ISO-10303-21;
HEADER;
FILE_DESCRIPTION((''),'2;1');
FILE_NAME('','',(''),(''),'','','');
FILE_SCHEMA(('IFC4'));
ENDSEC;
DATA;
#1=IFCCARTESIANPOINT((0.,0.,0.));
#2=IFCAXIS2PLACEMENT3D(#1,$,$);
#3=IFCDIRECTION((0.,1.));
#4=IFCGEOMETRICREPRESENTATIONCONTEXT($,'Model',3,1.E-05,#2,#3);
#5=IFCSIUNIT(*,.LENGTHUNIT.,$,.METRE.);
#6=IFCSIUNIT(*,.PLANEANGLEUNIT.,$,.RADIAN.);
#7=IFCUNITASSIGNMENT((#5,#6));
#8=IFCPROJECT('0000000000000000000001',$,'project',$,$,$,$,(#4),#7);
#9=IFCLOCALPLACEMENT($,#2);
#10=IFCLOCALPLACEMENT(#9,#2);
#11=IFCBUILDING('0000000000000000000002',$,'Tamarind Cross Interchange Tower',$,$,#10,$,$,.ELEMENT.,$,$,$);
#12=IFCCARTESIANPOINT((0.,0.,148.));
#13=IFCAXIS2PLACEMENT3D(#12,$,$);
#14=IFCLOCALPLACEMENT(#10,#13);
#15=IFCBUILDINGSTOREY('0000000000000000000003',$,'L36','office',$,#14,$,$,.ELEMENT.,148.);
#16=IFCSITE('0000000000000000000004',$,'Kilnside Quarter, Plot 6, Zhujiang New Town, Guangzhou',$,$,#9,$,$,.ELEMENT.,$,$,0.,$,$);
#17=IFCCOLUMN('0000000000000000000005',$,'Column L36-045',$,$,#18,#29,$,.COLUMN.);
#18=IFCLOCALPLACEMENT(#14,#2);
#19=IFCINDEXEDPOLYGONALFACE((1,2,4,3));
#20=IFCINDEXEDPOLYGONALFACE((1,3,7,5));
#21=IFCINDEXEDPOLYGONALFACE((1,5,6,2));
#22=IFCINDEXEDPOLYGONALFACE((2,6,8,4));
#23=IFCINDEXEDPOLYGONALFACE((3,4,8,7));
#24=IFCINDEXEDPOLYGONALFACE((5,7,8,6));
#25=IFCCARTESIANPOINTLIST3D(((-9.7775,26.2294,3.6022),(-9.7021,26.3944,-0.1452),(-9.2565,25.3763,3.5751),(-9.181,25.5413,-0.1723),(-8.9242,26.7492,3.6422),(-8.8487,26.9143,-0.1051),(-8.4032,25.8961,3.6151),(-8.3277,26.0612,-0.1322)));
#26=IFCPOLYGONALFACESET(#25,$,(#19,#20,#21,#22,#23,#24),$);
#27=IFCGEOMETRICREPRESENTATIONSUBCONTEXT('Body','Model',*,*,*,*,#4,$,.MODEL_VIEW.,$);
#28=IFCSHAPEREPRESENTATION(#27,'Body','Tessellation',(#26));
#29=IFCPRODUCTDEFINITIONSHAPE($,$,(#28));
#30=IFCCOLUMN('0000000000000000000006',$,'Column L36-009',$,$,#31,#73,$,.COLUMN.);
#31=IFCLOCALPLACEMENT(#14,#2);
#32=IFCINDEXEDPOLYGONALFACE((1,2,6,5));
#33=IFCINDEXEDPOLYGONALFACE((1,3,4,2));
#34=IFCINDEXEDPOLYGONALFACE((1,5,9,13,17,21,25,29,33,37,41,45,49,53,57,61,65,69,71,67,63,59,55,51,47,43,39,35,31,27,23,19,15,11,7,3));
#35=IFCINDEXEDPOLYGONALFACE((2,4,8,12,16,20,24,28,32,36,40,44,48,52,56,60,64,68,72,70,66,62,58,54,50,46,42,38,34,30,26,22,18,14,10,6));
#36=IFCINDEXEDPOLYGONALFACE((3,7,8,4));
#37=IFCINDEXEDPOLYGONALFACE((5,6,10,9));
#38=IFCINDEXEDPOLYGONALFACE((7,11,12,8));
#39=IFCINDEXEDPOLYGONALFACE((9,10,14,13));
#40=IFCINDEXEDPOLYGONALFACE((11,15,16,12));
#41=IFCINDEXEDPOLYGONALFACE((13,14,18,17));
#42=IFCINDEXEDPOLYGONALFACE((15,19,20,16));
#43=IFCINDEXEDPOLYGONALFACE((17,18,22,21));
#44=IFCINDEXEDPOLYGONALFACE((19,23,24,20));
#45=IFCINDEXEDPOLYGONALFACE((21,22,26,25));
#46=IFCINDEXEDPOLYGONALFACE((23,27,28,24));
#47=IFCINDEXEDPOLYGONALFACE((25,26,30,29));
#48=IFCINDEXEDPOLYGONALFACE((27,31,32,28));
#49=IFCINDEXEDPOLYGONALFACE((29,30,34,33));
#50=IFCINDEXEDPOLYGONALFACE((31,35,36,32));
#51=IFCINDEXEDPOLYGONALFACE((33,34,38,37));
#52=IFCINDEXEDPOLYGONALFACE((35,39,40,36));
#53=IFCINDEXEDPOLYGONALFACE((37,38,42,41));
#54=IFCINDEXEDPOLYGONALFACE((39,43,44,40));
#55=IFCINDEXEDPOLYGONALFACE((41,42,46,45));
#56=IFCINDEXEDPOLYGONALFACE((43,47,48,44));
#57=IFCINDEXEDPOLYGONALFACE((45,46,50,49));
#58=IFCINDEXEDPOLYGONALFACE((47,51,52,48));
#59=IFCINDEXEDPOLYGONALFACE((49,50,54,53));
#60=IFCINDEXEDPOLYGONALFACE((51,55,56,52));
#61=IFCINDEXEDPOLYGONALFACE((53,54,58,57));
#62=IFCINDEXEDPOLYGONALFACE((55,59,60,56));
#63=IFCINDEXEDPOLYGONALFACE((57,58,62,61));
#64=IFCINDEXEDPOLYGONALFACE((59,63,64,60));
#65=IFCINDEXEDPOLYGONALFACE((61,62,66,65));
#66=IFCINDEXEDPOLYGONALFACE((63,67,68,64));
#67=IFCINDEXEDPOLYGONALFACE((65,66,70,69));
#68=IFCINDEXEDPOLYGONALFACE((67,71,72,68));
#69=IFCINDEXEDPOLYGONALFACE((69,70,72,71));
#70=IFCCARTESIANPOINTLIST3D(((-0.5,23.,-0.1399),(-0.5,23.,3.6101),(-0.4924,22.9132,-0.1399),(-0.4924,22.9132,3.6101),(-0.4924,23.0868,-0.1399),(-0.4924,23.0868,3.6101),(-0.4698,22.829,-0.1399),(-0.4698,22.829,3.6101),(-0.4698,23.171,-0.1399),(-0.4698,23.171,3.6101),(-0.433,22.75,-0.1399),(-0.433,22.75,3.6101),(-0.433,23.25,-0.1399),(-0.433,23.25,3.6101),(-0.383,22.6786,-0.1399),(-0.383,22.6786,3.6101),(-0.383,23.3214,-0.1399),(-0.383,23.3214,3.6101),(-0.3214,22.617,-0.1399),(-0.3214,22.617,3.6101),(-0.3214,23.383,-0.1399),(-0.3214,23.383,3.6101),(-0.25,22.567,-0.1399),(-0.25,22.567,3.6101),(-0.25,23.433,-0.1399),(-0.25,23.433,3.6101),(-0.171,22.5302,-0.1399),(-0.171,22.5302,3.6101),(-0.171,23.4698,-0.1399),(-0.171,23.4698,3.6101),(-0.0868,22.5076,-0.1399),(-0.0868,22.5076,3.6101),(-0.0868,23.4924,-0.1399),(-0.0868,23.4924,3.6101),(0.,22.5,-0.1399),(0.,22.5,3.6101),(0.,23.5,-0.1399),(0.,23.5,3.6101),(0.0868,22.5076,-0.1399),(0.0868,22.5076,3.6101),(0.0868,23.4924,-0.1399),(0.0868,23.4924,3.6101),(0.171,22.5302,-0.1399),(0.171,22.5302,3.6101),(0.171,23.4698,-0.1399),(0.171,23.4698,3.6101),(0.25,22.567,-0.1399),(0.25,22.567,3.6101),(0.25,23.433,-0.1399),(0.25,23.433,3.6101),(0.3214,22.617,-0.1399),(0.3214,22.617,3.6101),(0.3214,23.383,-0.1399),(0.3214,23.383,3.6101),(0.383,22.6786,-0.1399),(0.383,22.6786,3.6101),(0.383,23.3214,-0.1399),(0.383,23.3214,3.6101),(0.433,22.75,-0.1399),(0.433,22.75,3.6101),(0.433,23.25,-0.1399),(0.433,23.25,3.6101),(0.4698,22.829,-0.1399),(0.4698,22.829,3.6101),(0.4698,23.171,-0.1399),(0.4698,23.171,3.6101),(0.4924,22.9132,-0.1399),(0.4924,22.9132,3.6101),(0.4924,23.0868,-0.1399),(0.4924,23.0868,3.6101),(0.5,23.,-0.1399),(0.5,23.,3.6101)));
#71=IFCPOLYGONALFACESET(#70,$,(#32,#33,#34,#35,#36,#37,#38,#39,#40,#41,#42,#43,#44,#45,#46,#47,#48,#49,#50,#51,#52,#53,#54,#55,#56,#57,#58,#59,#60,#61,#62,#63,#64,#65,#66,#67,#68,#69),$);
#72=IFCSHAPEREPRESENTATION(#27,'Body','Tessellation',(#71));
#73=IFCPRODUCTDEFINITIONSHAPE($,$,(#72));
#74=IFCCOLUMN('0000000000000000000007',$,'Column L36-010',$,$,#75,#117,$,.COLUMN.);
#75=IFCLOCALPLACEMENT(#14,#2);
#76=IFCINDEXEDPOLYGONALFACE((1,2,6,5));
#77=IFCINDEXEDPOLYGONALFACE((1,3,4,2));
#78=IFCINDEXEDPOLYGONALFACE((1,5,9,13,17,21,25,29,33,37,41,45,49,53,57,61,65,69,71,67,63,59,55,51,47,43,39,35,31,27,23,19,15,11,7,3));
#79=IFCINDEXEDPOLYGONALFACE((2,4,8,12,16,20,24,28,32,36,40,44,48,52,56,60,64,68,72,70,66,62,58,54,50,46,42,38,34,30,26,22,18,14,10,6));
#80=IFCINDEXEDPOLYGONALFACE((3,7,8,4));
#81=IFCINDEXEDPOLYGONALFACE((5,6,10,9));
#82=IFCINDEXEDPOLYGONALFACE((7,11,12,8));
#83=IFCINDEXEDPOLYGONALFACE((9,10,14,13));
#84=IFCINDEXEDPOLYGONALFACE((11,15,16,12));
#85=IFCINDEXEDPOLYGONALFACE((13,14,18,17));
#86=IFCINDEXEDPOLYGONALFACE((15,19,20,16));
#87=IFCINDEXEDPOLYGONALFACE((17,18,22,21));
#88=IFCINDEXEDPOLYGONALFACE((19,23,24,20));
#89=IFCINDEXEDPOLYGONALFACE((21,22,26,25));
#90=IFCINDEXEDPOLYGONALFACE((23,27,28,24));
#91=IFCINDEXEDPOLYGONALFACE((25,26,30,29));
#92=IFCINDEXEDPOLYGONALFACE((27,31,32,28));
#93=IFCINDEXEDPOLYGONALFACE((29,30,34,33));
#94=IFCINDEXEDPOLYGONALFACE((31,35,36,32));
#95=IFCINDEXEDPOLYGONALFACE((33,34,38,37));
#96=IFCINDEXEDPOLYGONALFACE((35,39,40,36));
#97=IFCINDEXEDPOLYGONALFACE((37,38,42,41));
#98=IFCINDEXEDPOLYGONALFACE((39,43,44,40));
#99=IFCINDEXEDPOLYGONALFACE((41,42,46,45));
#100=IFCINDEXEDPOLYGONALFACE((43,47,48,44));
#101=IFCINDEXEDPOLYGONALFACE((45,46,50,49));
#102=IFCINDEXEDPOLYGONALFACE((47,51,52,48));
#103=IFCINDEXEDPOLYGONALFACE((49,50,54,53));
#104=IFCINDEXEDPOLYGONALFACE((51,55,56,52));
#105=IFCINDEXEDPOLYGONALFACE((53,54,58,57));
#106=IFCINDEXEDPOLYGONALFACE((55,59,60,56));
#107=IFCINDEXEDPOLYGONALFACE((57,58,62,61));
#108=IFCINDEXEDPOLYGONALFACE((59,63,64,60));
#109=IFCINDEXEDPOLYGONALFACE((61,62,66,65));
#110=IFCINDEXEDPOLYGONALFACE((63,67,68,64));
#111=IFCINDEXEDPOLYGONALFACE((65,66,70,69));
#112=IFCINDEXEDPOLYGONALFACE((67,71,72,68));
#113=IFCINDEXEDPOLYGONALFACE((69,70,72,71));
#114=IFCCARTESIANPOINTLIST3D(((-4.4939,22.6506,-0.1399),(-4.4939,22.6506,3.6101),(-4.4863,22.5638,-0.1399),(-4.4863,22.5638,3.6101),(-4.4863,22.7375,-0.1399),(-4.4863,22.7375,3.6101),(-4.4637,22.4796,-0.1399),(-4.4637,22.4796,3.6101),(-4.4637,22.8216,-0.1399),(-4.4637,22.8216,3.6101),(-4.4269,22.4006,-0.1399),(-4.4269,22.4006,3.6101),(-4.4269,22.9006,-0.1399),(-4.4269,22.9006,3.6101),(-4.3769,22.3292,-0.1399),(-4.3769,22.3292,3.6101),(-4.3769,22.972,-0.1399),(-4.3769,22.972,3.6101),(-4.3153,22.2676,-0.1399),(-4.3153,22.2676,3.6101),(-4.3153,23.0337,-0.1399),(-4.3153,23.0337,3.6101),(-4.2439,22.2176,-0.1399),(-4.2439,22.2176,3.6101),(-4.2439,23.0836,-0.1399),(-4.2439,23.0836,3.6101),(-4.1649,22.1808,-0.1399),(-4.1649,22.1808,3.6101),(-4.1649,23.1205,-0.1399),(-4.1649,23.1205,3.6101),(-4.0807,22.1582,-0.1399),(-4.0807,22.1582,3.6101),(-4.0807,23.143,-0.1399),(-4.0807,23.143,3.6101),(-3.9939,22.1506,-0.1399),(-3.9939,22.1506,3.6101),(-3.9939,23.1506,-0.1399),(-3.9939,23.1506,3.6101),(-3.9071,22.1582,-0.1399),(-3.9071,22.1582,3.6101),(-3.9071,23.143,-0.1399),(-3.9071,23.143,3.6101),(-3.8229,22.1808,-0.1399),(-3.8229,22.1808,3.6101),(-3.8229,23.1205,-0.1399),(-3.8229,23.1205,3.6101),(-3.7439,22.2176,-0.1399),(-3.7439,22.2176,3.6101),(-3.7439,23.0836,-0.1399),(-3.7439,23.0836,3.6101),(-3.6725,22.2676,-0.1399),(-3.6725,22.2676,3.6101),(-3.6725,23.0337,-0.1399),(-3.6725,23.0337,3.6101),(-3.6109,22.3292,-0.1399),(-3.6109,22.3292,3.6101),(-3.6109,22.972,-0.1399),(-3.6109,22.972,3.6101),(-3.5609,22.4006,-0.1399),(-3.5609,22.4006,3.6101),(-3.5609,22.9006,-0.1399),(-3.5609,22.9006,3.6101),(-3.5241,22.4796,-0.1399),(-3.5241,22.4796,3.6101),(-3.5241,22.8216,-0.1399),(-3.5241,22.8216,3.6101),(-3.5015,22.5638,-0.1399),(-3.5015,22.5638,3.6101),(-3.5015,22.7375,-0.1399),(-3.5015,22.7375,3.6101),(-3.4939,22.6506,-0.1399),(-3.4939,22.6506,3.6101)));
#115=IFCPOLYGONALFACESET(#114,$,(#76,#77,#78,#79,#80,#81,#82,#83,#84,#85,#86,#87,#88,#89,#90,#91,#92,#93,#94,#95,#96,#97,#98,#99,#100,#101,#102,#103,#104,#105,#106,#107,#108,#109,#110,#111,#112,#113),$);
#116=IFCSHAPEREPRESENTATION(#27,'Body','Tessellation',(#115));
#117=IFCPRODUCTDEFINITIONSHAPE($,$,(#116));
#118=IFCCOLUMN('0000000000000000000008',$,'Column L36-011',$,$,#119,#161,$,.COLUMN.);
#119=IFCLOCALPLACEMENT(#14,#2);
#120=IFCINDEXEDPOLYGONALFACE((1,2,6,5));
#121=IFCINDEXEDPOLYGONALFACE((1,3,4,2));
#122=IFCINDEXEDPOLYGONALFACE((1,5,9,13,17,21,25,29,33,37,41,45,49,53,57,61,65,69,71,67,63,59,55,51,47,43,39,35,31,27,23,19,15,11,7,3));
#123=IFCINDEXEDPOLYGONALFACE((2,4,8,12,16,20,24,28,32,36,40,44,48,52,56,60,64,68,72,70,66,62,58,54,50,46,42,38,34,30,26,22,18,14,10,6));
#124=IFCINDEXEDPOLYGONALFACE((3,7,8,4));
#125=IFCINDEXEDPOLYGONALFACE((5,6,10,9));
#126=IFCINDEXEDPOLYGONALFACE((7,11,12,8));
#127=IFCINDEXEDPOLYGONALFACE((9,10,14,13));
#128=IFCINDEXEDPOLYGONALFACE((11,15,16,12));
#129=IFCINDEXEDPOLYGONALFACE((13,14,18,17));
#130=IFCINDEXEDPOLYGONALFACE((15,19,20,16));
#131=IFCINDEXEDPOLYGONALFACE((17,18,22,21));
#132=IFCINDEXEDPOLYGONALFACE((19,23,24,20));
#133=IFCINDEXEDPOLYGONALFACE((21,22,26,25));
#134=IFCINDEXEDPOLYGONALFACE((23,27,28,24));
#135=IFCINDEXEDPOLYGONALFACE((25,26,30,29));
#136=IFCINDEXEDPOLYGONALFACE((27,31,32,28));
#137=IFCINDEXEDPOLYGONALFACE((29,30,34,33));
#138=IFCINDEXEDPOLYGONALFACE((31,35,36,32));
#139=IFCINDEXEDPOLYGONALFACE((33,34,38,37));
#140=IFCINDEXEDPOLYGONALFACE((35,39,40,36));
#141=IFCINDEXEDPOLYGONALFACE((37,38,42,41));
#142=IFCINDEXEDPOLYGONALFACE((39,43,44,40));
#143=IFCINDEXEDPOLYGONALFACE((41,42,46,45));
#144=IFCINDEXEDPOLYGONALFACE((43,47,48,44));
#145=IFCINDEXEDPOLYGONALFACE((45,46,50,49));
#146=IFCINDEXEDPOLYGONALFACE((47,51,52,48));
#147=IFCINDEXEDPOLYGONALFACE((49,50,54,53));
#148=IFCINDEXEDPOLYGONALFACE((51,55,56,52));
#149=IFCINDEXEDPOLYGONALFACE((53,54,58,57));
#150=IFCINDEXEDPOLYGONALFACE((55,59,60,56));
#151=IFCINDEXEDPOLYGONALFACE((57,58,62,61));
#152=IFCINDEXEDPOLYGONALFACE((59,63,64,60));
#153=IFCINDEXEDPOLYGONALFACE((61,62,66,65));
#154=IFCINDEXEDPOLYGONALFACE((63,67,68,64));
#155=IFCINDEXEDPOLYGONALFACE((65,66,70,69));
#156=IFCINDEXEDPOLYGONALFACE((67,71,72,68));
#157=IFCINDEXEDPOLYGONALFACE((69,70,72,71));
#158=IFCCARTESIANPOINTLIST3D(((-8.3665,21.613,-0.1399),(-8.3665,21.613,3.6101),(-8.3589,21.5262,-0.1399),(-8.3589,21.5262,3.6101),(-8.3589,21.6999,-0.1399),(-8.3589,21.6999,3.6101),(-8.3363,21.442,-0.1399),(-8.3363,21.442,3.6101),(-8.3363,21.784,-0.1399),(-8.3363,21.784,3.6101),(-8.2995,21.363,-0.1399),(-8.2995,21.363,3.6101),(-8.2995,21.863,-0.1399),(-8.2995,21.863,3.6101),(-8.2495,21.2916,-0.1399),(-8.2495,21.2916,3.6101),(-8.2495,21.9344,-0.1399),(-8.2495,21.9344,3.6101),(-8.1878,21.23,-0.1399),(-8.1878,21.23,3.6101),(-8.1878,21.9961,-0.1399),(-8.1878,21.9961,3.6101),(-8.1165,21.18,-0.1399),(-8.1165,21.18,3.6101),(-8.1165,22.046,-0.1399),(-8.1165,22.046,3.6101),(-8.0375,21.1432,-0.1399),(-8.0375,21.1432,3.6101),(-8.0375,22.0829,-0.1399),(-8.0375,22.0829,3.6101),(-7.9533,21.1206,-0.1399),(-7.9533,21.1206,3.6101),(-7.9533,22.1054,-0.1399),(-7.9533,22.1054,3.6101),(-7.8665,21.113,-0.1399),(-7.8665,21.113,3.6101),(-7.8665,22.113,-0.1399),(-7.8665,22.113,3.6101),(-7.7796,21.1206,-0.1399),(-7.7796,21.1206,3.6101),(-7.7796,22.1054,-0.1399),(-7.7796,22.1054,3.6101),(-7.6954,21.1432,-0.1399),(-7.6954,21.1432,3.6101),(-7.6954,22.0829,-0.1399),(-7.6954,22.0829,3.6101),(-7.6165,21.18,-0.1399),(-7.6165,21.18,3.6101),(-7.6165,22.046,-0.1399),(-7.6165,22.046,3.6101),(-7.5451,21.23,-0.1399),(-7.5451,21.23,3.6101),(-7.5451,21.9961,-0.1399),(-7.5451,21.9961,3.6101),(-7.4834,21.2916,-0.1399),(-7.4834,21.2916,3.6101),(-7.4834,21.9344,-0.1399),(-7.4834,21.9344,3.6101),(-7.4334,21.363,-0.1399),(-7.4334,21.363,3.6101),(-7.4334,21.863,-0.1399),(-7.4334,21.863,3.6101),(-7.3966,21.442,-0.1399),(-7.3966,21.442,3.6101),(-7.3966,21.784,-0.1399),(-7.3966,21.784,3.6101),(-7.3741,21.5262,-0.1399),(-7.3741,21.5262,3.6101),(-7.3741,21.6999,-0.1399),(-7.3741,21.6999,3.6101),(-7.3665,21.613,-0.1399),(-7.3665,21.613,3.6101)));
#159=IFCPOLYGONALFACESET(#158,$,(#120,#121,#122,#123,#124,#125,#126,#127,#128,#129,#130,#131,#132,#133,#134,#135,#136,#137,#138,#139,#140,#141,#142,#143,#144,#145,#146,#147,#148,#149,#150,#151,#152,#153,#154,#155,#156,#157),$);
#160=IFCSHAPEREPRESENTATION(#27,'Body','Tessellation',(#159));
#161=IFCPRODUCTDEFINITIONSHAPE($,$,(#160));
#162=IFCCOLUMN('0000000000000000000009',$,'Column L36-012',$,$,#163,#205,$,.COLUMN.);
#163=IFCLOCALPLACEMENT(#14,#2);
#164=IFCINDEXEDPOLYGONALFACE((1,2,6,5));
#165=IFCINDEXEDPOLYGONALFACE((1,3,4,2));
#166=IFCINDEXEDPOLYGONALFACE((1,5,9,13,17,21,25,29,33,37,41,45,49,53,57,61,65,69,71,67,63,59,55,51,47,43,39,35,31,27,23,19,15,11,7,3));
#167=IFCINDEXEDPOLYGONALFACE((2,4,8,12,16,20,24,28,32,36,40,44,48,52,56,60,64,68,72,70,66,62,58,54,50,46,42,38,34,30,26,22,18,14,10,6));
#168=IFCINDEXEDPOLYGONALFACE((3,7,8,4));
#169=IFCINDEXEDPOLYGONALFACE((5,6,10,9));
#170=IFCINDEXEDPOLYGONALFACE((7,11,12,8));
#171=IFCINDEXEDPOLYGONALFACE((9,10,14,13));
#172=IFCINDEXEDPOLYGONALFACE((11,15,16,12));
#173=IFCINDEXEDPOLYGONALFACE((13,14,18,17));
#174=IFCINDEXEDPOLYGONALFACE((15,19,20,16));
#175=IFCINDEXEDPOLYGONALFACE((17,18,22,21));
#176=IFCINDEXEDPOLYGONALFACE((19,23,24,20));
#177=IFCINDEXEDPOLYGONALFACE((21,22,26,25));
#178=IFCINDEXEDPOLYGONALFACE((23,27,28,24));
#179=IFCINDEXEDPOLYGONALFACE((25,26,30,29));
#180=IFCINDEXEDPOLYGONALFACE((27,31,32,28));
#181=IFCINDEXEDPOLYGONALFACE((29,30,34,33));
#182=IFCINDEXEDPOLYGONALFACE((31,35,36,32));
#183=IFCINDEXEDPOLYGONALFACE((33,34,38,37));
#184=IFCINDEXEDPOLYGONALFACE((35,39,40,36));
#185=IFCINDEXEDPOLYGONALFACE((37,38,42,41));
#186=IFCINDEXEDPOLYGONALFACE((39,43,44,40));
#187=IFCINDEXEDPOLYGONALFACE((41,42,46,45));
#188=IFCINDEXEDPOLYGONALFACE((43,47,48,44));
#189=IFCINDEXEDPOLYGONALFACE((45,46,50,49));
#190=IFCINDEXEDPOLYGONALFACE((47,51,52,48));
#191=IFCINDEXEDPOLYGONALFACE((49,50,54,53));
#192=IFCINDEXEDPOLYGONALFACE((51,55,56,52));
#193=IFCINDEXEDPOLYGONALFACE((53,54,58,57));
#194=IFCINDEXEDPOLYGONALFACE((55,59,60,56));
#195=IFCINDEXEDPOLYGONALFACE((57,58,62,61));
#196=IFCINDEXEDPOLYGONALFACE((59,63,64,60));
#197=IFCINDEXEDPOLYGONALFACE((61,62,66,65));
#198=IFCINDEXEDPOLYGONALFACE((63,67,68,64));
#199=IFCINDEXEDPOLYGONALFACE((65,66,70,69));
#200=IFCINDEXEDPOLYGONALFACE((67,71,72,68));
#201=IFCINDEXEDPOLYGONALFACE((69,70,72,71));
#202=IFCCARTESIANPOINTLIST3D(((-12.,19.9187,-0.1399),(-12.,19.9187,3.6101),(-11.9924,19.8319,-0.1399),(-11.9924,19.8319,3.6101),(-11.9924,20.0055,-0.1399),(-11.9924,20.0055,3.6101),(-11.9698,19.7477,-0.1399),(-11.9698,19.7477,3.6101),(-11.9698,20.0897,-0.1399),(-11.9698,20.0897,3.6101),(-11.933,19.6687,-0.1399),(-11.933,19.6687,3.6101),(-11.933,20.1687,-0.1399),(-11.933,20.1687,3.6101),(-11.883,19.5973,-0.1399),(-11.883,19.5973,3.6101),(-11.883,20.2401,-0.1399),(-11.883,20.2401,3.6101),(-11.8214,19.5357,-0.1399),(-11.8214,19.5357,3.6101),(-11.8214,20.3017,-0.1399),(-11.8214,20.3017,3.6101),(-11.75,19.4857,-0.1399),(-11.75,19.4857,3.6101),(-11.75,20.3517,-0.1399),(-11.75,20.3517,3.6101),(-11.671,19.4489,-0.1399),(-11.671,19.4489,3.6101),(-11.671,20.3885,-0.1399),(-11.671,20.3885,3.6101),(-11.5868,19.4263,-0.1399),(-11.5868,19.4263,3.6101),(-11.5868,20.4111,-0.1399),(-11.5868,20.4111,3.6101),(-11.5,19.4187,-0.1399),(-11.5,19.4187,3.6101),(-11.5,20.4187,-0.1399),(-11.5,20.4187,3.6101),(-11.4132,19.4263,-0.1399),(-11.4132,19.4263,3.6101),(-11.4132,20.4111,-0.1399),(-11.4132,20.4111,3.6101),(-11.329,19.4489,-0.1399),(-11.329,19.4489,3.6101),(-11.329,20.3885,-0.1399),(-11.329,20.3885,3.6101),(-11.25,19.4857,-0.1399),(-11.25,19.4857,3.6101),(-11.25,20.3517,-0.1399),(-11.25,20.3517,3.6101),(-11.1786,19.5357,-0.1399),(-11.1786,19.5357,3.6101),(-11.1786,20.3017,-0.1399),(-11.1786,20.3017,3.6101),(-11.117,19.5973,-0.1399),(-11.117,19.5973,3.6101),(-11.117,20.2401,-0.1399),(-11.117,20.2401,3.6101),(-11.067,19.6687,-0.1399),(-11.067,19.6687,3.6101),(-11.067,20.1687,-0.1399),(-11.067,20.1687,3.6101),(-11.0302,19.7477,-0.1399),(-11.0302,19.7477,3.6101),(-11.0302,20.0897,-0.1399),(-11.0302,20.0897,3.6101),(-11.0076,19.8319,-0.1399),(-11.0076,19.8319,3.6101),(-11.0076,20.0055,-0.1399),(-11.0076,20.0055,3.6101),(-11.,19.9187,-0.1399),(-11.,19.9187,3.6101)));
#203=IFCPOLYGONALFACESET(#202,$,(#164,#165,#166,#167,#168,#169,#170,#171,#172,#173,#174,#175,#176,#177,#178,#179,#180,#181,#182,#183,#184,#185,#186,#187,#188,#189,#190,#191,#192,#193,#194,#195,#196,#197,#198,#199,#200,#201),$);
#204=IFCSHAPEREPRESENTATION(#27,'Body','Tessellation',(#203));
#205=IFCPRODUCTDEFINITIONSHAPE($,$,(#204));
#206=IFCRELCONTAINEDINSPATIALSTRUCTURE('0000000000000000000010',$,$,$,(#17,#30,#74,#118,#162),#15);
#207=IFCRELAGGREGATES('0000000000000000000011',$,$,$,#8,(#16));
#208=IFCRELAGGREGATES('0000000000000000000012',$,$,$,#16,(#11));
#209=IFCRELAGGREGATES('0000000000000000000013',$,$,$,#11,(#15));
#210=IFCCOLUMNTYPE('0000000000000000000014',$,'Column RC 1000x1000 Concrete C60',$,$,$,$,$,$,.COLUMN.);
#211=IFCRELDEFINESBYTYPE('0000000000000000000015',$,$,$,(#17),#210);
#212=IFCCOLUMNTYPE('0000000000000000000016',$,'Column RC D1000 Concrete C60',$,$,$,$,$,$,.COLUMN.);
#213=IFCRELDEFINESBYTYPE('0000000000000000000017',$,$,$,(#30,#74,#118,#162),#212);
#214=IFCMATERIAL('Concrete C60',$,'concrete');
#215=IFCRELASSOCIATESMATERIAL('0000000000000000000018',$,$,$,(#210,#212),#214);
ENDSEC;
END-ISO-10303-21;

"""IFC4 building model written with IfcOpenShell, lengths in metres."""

from ifc_helpers import new_model, si_unit, direction, frame, origin, origin_2d, place, context, subcontext, project, spatial, rectangle, circle, extrude, material, material_profile, profile_set, type_object, element, save


model = new_model("IFC4")

# Units and contexts
model_context = context("Model", 3, precision=1e-05, world=origin(), true_north=direction((0.0, 1.0)))
body_context = subcontext(model_context, "Body", "Model", "MODEL_VIEW")
ifc_project = project(units=[si_unit("LENGTHUNIT", "METRE"), si_unit("PLANEANGLEUNIT", "RADIAN")], contexts=[model_context])

# Site, building, storey
site_placement = place(None, origin())
site = spatial("IfcSite", under=ifc_project, at=site_placement, Name="Kilnside Quarter, Plot 6, Zhujiang New Town, Guangzhou", CompositionType="ELEMENT", RefElevation=0.0)
building_placement = place(site_placement, origin())
building = spatial("IfcBuilding", under=site, at=building_placement, Name="Tamarind Cross Interchange Tower", CompositionType="ELEMENT")
storey_placement = place(building_placement, frame((0.0, 0.0, 148.0)))
storey = spatial("IfcBuildingStorey", under=building, at=storey_placement, Name="L36", Description="office", CompositionType="ELEMENT", Elevation=148.0)

# Columns
ifc_material_1 = material(Name="Concrete C60", Category="concrete")
ifc_material_profile_1 = material_profile(ifc_material_1, rectangle(XDim=1.0, YDim=1.0, at=origin_2d()), Name="RC 1000x1000")
ifc_profile_set_1 = profile_set([ifc_material_profile_1], Name="Concrete C60")
column_type_1 = type_object("IfcColumnType", Name="Column RC 1000x1000 Concrete C60", PredefinedType="COLUMN", material=ifc_profile_set_1)
column_placement = place(storey_placement, frame((-9.0149, 26.2278, -0.1387), z_axis=(-0.020108, -0.04399, 0.99883), x_axis=(0.853312, 0.519859, 0.040074)))
element("IfcColumn", 1, at=column_placement, inside=storey, type_object=column_type_1, Name="Column L36-045", PredefinedType="COLUMN", context=body_context, shape_type="SweptSolid", body=[
    extrude(rectangle(XDim=1.0, YDim=1.0, at=origin_2d()), origin(), (0.0, 0.0, 1.0), 3.7517),
])
ifc_material_profile_2 = material_profile(ifc_material_1, circle(Radius=0.5, at=origin_2d()), Name="RC D1000")
ifc_profile_set_2 = profile_set([ifc_material_profile_2], Name="Concrete C60")
column_type_2 = type_object("IfcColumnType", Name="Column RC D1000 Concrete C60", PredefinedType="COLUMN", material=ifc_profile_set_2)
for number, where, z_axis, x_axis, name in (
    (2, (0.0, 23.0, -0.1399), (0.0, 0.0, 1.0), (1.0, 0.0, 0.0), "Column L36-009"),
    (3, (-3.9939, 22.6506, -0.1399), (0.0, 0.0, 1.0), (1.0, 0.0, 0.0), "Column L36-010"),
    (4, (-7.8665, 21.613, -0.1399), (0.0, 0.0, 1.0), (1.0, 0.0, 0.0), "Column L36-011"),
    (5, (-11.5, 19.9187, -0.1399), (0.0, 0.0, 1.0), (1.0, 0.0, 0.0), "Column L36-012"),
):
    element("IfcColumn", number, at=place(storey_placement, frame(where, z_axis=z_axis, x_axis=x_axis)), inside=storey, type_object=column_type_2, Name=name, PredefinedType="COLUMN", context=body_context, shape_type="SweptSolid", body=[
        extrude(circle(Radius=0.5, at=origin_2d()), origin(), (0.0, 0.0, 1.0), 3.75),
    ])

save(model, "model.ifc")
